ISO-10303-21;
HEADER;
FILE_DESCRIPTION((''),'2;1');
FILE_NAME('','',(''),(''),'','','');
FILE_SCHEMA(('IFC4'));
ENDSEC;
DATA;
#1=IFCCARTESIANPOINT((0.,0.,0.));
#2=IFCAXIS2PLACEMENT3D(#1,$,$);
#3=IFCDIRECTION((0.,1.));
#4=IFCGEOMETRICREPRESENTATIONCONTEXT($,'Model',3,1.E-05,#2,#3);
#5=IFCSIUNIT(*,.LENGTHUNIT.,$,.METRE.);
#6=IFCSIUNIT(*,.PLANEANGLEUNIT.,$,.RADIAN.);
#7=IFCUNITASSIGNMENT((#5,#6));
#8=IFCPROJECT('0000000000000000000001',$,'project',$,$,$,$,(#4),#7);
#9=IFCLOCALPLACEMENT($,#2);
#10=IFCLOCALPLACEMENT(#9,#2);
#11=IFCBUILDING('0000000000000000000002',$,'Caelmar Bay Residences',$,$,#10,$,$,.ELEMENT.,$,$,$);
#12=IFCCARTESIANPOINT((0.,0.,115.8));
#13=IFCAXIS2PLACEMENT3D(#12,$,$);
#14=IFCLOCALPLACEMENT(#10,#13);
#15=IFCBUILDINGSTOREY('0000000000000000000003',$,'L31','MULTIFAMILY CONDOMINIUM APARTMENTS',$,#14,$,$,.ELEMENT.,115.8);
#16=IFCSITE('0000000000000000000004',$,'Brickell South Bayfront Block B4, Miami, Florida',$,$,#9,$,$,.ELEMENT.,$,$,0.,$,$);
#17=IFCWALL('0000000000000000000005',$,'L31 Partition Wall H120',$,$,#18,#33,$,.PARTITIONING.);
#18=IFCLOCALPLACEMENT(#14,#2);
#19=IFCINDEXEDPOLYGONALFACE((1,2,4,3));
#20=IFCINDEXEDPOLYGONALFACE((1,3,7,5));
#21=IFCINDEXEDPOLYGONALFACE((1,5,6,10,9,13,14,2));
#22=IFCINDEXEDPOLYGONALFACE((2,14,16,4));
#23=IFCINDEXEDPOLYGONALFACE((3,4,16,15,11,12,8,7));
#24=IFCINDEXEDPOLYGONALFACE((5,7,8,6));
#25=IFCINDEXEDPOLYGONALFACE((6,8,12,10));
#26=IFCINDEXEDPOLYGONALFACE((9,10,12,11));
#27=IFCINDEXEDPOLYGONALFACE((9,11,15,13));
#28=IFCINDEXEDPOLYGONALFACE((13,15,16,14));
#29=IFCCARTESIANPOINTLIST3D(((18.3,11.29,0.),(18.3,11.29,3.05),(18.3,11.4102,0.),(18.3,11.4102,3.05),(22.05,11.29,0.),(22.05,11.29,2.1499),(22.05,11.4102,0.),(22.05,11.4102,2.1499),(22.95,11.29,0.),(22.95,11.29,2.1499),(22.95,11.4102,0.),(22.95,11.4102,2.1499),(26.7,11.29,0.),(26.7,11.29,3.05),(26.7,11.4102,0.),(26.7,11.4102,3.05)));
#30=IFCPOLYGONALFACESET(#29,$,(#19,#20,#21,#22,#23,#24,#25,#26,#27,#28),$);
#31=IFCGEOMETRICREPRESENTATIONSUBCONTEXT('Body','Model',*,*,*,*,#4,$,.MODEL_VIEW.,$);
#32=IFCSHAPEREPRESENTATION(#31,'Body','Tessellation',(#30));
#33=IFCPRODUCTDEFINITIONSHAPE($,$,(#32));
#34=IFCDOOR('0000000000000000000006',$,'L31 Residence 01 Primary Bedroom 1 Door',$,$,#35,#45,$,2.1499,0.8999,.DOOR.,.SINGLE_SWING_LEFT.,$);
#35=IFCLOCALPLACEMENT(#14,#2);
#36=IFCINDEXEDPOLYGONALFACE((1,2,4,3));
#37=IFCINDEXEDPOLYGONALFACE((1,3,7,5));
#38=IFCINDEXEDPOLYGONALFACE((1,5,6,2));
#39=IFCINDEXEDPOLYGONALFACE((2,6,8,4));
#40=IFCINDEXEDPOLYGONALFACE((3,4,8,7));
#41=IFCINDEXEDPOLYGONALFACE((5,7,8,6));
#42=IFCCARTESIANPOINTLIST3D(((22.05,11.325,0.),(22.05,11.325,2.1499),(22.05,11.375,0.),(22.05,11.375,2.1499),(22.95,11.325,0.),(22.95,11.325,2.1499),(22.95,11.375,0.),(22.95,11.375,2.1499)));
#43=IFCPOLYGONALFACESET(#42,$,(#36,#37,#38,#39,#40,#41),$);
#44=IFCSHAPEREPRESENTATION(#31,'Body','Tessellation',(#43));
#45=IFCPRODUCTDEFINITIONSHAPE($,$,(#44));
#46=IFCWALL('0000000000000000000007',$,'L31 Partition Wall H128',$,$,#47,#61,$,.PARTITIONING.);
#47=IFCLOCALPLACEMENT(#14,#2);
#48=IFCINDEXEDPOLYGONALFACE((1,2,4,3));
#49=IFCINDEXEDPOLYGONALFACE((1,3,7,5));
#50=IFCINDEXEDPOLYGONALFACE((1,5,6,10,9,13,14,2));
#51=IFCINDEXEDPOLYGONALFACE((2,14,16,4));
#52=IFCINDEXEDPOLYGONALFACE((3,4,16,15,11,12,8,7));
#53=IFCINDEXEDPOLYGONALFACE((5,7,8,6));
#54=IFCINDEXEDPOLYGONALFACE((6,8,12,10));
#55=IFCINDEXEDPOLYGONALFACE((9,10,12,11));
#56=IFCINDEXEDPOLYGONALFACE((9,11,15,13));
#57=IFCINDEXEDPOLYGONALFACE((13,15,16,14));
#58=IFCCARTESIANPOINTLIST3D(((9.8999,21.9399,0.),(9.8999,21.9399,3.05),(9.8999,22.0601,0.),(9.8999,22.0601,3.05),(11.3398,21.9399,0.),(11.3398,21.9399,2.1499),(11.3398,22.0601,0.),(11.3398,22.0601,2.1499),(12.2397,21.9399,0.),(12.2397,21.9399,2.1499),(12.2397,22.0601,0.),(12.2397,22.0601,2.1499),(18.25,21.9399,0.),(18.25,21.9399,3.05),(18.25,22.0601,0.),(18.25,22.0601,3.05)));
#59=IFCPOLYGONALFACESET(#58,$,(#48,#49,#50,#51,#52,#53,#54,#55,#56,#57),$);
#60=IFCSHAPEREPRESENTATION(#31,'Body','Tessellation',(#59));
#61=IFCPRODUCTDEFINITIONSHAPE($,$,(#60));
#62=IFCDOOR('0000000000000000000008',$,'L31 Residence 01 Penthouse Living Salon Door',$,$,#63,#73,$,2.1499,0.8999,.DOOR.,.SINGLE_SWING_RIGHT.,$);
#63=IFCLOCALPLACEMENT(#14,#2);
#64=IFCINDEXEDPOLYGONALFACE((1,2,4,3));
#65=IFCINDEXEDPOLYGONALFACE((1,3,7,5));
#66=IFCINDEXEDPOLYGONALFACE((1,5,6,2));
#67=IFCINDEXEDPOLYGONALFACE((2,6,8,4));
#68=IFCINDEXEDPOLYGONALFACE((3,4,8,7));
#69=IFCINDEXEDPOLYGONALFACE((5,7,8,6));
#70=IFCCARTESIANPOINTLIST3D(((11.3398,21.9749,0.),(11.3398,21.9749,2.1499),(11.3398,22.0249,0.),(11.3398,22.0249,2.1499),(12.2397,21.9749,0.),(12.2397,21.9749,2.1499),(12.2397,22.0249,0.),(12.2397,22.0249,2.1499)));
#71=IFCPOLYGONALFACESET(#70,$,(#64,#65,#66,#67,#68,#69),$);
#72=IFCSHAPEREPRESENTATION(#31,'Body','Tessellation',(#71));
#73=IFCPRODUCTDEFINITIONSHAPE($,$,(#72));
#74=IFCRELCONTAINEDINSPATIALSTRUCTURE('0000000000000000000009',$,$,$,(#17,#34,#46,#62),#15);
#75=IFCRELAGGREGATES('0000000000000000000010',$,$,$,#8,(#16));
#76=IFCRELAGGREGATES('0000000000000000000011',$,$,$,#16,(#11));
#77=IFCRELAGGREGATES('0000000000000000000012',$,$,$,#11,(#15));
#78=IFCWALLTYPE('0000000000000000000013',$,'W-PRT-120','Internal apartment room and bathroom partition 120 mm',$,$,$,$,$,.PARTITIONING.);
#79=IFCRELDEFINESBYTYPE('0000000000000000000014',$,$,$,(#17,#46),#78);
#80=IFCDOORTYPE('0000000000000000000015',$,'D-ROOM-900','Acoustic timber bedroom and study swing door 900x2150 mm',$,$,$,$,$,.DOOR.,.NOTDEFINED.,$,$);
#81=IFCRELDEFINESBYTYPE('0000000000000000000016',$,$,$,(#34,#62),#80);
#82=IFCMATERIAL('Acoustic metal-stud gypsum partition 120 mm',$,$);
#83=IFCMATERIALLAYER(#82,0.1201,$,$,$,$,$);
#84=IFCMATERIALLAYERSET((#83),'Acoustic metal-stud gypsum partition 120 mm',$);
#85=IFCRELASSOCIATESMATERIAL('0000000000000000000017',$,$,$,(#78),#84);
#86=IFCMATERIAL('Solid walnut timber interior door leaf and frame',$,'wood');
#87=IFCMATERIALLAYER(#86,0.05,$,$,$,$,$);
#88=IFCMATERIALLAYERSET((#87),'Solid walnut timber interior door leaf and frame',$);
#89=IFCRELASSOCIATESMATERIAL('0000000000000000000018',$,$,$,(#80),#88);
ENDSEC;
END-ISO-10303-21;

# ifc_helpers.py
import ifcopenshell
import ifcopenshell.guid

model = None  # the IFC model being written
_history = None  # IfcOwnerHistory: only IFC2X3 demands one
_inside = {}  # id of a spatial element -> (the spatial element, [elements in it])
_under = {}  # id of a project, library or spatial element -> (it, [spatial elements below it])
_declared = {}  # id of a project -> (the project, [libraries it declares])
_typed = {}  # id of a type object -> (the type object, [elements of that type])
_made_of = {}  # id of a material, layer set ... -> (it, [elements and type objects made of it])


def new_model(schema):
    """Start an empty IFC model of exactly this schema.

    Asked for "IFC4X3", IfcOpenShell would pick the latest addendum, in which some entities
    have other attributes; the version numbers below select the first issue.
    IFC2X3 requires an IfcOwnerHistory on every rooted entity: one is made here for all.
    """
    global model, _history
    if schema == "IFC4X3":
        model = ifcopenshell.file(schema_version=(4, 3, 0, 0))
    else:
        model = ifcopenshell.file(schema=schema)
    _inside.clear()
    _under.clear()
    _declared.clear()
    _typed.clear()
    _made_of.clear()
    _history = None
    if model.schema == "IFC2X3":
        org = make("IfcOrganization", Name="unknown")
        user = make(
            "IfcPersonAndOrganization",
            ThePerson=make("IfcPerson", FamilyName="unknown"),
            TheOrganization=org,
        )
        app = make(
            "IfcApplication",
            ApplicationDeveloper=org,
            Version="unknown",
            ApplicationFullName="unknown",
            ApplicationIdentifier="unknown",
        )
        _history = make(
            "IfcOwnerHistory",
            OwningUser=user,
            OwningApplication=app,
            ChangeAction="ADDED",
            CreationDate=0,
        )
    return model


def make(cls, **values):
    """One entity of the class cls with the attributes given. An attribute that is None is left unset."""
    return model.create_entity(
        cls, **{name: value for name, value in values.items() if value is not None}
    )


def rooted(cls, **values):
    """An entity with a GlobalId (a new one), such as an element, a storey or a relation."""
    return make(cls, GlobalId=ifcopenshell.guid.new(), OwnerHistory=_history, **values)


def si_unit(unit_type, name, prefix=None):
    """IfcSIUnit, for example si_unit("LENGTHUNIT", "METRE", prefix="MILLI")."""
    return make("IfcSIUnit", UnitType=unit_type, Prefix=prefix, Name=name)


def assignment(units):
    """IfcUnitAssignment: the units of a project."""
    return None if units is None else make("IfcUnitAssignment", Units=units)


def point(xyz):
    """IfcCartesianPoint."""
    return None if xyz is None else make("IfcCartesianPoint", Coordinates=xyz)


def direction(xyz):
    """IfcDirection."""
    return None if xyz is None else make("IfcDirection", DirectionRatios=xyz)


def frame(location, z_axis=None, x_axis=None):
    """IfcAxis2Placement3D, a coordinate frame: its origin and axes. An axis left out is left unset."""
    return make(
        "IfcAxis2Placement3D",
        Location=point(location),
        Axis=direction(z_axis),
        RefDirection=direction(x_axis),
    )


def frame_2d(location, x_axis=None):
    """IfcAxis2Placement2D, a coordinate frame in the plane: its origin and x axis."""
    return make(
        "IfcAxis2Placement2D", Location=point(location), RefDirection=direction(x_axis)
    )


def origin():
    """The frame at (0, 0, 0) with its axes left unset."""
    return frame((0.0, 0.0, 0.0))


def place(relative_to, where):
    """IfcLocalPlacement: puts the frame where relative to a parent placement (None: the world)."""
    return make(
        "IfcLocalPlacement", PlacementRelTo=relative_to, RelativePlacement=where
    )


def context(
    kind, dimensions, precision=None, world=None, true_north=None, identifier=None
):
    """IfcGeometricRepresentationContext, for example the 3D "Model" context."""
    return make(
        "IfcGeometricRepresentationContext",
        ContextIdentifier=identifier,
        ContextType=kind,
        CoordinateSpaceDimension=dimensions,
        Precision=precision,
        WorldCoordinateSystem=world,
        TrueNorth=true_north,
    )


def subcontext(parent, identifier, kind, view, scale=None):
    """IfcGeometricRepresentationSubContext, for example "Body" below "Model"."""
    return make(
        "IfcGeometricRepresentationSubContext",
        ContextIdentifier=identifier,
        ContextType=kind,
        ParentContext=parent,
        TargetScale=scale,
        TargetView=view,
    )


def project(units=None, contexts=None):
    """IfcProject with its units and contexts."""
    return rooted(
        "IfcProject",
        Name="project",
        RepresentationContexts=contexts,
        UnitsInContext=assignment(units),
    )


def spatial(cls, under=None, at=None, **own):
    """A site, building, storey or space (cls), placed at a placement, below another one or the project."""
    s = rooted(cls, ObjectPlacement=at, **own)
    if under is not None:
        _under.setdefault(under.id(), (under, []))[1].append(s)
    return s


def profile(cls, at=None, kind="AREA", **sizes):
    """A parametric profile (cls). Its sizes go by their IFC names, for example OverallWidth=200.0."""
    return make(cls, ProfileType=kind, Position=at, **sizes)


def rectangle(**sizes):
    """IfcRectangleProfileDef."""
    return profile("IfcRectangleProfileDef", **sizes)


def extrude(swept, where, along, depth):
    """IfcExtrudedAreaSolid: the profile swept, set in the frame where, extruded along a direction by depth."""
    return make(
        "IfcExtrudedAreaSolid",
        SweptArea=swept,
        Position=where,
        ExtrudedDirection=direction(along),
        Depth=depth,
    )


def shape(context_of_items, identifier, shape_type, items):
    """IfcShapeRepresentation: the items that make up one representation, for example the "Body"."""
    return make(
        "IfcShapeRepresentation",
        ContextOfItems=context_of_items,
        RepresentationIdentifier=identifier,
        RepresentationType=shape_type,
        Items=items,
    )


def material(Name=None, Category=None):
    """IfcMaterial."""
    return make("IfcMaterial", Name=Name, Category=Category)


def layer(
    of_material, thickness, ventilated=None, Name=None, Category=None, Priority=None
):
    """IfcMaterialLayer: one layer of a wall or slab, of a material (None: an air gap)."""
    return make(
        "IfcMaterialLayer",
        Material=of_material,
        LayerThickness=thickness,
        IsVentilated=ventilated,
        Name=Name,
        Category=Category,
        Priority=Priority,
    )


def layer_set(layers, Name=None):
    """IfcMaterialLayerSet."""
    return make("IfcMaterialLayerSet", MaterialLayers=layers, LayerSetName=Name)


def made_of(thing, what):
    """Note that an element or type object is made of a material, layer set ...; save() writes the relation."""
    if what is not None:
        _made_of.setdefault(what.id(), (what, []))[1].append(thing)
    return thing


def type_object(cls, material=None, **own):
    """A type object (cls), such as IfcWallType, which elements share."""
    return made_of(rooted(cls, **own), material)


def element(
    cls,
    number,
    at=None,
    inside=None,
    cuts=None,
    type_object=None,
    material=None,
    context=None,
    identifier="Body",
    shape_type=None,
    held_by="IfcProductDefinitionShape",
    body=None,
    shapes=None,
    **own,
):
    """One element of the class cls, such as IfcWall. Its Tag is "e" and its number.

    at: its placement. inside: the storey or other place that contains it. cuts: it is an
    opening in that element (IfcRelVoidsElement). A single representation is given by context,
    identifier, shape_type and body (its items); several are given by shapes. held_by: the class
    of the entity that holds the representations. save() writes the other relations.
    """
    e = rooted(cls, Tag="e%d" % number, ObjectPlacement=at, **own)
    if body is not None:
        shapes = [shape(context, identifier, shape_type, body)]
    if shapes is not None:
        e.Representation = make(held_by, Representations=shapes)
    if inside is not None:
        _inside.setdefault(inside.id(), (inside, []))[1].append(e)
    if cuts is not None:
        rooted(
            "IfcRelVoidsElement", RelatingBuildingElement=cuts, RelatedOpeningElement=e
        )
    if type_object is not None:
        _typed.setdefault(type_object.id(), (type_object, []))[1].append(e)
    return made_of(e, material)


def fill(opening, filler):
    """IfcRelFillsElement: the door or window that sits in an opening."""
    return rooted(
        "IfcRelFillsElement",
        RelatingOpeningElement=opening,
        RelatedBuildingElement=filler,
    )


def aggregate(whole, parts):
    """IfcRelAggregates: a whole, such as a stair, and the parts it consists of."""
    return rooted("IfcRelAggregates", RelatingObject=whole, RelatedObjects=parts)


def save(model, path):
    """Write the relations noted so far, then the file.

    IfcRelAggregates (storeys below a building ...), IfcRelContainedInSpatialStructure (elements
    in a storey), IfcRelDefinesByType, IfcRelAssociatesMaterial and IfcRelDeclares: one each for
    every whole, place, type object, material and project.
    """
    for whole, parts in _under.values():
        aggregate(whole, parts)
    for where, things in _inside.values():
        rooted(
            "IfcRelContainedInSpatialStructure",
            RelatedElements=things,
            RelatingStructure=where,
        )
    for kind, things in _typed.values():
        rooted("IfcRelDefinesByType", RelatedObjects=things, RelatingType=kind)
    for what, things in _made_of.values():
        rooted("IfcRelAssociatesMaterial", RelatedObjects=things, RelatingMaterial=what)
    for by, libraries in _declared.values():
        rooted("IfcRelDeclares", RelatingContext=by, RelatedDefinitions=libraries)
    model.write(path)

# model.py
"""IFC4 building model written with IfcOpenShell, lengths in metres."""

from ifc_helpers import new_model, si_unit, direction, frame, frame_2d, origin, place, context, subcontext, project, spatial, rectangle, extrude, material, layer, layer_set, type_object, element, fill, save


model = new_model("IFC4")

# Units and contexts
model_context = context("Model", 3, precision=1e-05, world=origin(), true_north=direction((0.0, 1.0)))
body_context = subcontext(model_context, "Body", "Model", "MODEL_VIEW")
ifc_project = project(units=[si_unit("LENGTHUNIT", "METRE"), si_unit("PLANEANGLEUNIT", "RADIAN")], contexts=[model_context])

# Site, building, storey
site_placement = place(None, origin())
site = spatial("IfcSite", under=ifc_project, at=site_placement, Name="Brickell South Bayfront Block B4, Miami, Florida", CompositionType="ELEMENT", RefElevation=0.0)
building_placement = place(site_placement, origin())
building = spatial("IfcBuilding", under=site, at=building_placement, Name="Caelmar Bay Residences", CompositionType="ELEMENT")
storey_placement = place(building_placement, frame((0.0, 0.0, 115.8)))
storey = spatial("IfcBuildingStorey", under=building, at=storey_placement, Name="L31", Description="MULTIFAMILY CONDOMINIUM APARTMENTS", CompositionType="ELEMENT", Elevation=115.8)

# Shared definitions
ifc_material_1 = material(Name="Acoustic metal-stud gypsum partition 120 mm")
ifc_layer_1 = layer(ifc_material_1, 0.1201)
ifc_layer_set_1 = layer_set([ifc_layer_1], Name="Acoustic metal-stud gypsum partition 120 mm")
wall_type_1 = type_object("IfcWallType", Name="W-PRT-120", Description="Internal apartment room and bathroom partition 120 mm", PredefinedType="PARTITIONING", material=ifc_layer_set_1)
ifc_material_2 = material(Name="Solid walnut timber interior door leaf and frame", Category="wood")
ifc_layer_2 = layer(ifc_material_2, 0.05)
ifc_layer_set_2 = layer_set([ifc_layer_2], Name="Solid walnut timber interior door leaf and frame")
door_type = type_object("IfcDoorType", Name="D-ROOM-900", Description="Acoustic timber bedroom and study swing door 900x2150 mm", OperationType="NOTDEFINED", PredefinedType="DOOR", material=ifc_layer_set_2)

# Walls, openings, doors
wall_1_placement = place(storey_placement, frame((18.3, 11.3501, 0.0), z_axis=(0.0, 0.0, 1.0), x_axis=(1.0, 0.0, 0.0)))
wall_1 = element("IfcWall", 1, at=wall_1_placement, inside=storey, type_object=wall_type_1, Name="L31 Partition Wall H120", PredefinedType="PARTITIONING", context=body_context, shape_type="SweptSolid", body=[
    extrude(rectangle(XDim=8.3999, YDim=0.1201, at=frame_2d((4.2, 0.0))), origin(), (0.0, 0.0, 1.0), 3.05),
])
opening_1_placement = place(wall_1_placement, frame((3.75, 0.0, 0.0)))
opening_1 = element("IfcOpeningElement", 2, at=opening_1_placement, cuts=wall_1, PredefinedType="OPENING", context=body_context, shape_type="SweptSolid", body=[
    extrude(rectangle(XDim=0.8999, YDim=2.1499, at=frame_2d((0.45, 1.075))), frame((0.0, 0.0701, 0.0), z_axis=(0.0, -1.0, 0.0), x_axis=(1.0, 0.0, 0.0)), (0.0, 0.0, 1.0), 0.1401),
])
door_1_placement = place(opening_1_placement, origin())
door_1 = element("IfcDoor", 3, at=door_1_placement, inside=storey, type_object=door_type, Name="L31 Residence 01 Primary Bedroom 1 Door", OperationType="SINGLE_SWING_LEFT", OverallHeight=2.1499, OverallWidth=0.8999, PredefinedType="DOOR", context=body_context, shape_type="SweptSolid", body=[
    extrude(rectangle(XDim=0.8999, YDim=2.1499, at=frame_2d((0.45, 1.075))), frame((0.0, 0.0249, 0.0), z_axis=(0.0, -1.0, 0.0), x_axis=(1.0, 0.0, 0.0)), (0.0, 0.0, 1.0), 0.05),
])
fill(opening_1, door_1)
wall_2_placement = place(storey_placement, frame((9.8999, 22.0, 0.0), z_axis=(0.0, 0.0, 1.0), x_axis=(1.0, 0.0, 0.0)))
wall_2 = element("IfcWall", 4, at=wall_2_placement, inside=storey, type_object=wall_type_1, Name="L31 Partition Wall H128", PredefinedType="PARTITIONING", context=body_context, shape_type="SweptSolid", body=[
    extrude(rectangle(XDim=8.3501, YDim=0.1201, at=frame_2d((4.175, 0.0))), origin(), (0.0, 0.0, 1.0), 3.05),
])
opening_2_placement = place(wall_2_placement, frame((1.4399, 0.0, 0.0)))
opening_2 = element("IfcOpeningElement", 5, at=opening_2_placement, cuts=wall_2, PredefinedType="OPENING", context=body_context, shape_type="SweptSolid", body=[
    extrude(rectangle(XDim=0.8999, YDim=2.1499, at=frame_2d((0.45, 1.075))), frame((0.0, 0.0701, 0.0), z_axis=(0.0, -1.0, 0.0), x_axis=(1.0, 0.0, 0.0)), (0.0, 0.0, 1.0), 0.1401),
])
door_2_placement = place(opening_2_placement, origin())
door_2 = element("IfcDoor", 6, at=door_2_placement, inside=storey, type_object=door_type, Name="L31 Residence 01 Penthouse Living Salon Door", OperationType="SINGLE_SWING_RIGHT", OverallHeight=2.1499, OverallWidth=0.8999, PredefinedType="DOOR", context=body_context, shape_type="SweptSolid", body=[
    extrude(rectangle(XDim=0.8999, YDim=2.1499, at=frame_2d((0.45, 1.075))), frame((0.0, 0.0249, 0.0), z_axis=(0.0, -1.0, 0.0), x_axis=(1.0, 0.0, 0.0)), (0.0, 0.0, 1.0), 0.05),
])
fill(opening_2, door_2)

save(model, "model.ifc")
